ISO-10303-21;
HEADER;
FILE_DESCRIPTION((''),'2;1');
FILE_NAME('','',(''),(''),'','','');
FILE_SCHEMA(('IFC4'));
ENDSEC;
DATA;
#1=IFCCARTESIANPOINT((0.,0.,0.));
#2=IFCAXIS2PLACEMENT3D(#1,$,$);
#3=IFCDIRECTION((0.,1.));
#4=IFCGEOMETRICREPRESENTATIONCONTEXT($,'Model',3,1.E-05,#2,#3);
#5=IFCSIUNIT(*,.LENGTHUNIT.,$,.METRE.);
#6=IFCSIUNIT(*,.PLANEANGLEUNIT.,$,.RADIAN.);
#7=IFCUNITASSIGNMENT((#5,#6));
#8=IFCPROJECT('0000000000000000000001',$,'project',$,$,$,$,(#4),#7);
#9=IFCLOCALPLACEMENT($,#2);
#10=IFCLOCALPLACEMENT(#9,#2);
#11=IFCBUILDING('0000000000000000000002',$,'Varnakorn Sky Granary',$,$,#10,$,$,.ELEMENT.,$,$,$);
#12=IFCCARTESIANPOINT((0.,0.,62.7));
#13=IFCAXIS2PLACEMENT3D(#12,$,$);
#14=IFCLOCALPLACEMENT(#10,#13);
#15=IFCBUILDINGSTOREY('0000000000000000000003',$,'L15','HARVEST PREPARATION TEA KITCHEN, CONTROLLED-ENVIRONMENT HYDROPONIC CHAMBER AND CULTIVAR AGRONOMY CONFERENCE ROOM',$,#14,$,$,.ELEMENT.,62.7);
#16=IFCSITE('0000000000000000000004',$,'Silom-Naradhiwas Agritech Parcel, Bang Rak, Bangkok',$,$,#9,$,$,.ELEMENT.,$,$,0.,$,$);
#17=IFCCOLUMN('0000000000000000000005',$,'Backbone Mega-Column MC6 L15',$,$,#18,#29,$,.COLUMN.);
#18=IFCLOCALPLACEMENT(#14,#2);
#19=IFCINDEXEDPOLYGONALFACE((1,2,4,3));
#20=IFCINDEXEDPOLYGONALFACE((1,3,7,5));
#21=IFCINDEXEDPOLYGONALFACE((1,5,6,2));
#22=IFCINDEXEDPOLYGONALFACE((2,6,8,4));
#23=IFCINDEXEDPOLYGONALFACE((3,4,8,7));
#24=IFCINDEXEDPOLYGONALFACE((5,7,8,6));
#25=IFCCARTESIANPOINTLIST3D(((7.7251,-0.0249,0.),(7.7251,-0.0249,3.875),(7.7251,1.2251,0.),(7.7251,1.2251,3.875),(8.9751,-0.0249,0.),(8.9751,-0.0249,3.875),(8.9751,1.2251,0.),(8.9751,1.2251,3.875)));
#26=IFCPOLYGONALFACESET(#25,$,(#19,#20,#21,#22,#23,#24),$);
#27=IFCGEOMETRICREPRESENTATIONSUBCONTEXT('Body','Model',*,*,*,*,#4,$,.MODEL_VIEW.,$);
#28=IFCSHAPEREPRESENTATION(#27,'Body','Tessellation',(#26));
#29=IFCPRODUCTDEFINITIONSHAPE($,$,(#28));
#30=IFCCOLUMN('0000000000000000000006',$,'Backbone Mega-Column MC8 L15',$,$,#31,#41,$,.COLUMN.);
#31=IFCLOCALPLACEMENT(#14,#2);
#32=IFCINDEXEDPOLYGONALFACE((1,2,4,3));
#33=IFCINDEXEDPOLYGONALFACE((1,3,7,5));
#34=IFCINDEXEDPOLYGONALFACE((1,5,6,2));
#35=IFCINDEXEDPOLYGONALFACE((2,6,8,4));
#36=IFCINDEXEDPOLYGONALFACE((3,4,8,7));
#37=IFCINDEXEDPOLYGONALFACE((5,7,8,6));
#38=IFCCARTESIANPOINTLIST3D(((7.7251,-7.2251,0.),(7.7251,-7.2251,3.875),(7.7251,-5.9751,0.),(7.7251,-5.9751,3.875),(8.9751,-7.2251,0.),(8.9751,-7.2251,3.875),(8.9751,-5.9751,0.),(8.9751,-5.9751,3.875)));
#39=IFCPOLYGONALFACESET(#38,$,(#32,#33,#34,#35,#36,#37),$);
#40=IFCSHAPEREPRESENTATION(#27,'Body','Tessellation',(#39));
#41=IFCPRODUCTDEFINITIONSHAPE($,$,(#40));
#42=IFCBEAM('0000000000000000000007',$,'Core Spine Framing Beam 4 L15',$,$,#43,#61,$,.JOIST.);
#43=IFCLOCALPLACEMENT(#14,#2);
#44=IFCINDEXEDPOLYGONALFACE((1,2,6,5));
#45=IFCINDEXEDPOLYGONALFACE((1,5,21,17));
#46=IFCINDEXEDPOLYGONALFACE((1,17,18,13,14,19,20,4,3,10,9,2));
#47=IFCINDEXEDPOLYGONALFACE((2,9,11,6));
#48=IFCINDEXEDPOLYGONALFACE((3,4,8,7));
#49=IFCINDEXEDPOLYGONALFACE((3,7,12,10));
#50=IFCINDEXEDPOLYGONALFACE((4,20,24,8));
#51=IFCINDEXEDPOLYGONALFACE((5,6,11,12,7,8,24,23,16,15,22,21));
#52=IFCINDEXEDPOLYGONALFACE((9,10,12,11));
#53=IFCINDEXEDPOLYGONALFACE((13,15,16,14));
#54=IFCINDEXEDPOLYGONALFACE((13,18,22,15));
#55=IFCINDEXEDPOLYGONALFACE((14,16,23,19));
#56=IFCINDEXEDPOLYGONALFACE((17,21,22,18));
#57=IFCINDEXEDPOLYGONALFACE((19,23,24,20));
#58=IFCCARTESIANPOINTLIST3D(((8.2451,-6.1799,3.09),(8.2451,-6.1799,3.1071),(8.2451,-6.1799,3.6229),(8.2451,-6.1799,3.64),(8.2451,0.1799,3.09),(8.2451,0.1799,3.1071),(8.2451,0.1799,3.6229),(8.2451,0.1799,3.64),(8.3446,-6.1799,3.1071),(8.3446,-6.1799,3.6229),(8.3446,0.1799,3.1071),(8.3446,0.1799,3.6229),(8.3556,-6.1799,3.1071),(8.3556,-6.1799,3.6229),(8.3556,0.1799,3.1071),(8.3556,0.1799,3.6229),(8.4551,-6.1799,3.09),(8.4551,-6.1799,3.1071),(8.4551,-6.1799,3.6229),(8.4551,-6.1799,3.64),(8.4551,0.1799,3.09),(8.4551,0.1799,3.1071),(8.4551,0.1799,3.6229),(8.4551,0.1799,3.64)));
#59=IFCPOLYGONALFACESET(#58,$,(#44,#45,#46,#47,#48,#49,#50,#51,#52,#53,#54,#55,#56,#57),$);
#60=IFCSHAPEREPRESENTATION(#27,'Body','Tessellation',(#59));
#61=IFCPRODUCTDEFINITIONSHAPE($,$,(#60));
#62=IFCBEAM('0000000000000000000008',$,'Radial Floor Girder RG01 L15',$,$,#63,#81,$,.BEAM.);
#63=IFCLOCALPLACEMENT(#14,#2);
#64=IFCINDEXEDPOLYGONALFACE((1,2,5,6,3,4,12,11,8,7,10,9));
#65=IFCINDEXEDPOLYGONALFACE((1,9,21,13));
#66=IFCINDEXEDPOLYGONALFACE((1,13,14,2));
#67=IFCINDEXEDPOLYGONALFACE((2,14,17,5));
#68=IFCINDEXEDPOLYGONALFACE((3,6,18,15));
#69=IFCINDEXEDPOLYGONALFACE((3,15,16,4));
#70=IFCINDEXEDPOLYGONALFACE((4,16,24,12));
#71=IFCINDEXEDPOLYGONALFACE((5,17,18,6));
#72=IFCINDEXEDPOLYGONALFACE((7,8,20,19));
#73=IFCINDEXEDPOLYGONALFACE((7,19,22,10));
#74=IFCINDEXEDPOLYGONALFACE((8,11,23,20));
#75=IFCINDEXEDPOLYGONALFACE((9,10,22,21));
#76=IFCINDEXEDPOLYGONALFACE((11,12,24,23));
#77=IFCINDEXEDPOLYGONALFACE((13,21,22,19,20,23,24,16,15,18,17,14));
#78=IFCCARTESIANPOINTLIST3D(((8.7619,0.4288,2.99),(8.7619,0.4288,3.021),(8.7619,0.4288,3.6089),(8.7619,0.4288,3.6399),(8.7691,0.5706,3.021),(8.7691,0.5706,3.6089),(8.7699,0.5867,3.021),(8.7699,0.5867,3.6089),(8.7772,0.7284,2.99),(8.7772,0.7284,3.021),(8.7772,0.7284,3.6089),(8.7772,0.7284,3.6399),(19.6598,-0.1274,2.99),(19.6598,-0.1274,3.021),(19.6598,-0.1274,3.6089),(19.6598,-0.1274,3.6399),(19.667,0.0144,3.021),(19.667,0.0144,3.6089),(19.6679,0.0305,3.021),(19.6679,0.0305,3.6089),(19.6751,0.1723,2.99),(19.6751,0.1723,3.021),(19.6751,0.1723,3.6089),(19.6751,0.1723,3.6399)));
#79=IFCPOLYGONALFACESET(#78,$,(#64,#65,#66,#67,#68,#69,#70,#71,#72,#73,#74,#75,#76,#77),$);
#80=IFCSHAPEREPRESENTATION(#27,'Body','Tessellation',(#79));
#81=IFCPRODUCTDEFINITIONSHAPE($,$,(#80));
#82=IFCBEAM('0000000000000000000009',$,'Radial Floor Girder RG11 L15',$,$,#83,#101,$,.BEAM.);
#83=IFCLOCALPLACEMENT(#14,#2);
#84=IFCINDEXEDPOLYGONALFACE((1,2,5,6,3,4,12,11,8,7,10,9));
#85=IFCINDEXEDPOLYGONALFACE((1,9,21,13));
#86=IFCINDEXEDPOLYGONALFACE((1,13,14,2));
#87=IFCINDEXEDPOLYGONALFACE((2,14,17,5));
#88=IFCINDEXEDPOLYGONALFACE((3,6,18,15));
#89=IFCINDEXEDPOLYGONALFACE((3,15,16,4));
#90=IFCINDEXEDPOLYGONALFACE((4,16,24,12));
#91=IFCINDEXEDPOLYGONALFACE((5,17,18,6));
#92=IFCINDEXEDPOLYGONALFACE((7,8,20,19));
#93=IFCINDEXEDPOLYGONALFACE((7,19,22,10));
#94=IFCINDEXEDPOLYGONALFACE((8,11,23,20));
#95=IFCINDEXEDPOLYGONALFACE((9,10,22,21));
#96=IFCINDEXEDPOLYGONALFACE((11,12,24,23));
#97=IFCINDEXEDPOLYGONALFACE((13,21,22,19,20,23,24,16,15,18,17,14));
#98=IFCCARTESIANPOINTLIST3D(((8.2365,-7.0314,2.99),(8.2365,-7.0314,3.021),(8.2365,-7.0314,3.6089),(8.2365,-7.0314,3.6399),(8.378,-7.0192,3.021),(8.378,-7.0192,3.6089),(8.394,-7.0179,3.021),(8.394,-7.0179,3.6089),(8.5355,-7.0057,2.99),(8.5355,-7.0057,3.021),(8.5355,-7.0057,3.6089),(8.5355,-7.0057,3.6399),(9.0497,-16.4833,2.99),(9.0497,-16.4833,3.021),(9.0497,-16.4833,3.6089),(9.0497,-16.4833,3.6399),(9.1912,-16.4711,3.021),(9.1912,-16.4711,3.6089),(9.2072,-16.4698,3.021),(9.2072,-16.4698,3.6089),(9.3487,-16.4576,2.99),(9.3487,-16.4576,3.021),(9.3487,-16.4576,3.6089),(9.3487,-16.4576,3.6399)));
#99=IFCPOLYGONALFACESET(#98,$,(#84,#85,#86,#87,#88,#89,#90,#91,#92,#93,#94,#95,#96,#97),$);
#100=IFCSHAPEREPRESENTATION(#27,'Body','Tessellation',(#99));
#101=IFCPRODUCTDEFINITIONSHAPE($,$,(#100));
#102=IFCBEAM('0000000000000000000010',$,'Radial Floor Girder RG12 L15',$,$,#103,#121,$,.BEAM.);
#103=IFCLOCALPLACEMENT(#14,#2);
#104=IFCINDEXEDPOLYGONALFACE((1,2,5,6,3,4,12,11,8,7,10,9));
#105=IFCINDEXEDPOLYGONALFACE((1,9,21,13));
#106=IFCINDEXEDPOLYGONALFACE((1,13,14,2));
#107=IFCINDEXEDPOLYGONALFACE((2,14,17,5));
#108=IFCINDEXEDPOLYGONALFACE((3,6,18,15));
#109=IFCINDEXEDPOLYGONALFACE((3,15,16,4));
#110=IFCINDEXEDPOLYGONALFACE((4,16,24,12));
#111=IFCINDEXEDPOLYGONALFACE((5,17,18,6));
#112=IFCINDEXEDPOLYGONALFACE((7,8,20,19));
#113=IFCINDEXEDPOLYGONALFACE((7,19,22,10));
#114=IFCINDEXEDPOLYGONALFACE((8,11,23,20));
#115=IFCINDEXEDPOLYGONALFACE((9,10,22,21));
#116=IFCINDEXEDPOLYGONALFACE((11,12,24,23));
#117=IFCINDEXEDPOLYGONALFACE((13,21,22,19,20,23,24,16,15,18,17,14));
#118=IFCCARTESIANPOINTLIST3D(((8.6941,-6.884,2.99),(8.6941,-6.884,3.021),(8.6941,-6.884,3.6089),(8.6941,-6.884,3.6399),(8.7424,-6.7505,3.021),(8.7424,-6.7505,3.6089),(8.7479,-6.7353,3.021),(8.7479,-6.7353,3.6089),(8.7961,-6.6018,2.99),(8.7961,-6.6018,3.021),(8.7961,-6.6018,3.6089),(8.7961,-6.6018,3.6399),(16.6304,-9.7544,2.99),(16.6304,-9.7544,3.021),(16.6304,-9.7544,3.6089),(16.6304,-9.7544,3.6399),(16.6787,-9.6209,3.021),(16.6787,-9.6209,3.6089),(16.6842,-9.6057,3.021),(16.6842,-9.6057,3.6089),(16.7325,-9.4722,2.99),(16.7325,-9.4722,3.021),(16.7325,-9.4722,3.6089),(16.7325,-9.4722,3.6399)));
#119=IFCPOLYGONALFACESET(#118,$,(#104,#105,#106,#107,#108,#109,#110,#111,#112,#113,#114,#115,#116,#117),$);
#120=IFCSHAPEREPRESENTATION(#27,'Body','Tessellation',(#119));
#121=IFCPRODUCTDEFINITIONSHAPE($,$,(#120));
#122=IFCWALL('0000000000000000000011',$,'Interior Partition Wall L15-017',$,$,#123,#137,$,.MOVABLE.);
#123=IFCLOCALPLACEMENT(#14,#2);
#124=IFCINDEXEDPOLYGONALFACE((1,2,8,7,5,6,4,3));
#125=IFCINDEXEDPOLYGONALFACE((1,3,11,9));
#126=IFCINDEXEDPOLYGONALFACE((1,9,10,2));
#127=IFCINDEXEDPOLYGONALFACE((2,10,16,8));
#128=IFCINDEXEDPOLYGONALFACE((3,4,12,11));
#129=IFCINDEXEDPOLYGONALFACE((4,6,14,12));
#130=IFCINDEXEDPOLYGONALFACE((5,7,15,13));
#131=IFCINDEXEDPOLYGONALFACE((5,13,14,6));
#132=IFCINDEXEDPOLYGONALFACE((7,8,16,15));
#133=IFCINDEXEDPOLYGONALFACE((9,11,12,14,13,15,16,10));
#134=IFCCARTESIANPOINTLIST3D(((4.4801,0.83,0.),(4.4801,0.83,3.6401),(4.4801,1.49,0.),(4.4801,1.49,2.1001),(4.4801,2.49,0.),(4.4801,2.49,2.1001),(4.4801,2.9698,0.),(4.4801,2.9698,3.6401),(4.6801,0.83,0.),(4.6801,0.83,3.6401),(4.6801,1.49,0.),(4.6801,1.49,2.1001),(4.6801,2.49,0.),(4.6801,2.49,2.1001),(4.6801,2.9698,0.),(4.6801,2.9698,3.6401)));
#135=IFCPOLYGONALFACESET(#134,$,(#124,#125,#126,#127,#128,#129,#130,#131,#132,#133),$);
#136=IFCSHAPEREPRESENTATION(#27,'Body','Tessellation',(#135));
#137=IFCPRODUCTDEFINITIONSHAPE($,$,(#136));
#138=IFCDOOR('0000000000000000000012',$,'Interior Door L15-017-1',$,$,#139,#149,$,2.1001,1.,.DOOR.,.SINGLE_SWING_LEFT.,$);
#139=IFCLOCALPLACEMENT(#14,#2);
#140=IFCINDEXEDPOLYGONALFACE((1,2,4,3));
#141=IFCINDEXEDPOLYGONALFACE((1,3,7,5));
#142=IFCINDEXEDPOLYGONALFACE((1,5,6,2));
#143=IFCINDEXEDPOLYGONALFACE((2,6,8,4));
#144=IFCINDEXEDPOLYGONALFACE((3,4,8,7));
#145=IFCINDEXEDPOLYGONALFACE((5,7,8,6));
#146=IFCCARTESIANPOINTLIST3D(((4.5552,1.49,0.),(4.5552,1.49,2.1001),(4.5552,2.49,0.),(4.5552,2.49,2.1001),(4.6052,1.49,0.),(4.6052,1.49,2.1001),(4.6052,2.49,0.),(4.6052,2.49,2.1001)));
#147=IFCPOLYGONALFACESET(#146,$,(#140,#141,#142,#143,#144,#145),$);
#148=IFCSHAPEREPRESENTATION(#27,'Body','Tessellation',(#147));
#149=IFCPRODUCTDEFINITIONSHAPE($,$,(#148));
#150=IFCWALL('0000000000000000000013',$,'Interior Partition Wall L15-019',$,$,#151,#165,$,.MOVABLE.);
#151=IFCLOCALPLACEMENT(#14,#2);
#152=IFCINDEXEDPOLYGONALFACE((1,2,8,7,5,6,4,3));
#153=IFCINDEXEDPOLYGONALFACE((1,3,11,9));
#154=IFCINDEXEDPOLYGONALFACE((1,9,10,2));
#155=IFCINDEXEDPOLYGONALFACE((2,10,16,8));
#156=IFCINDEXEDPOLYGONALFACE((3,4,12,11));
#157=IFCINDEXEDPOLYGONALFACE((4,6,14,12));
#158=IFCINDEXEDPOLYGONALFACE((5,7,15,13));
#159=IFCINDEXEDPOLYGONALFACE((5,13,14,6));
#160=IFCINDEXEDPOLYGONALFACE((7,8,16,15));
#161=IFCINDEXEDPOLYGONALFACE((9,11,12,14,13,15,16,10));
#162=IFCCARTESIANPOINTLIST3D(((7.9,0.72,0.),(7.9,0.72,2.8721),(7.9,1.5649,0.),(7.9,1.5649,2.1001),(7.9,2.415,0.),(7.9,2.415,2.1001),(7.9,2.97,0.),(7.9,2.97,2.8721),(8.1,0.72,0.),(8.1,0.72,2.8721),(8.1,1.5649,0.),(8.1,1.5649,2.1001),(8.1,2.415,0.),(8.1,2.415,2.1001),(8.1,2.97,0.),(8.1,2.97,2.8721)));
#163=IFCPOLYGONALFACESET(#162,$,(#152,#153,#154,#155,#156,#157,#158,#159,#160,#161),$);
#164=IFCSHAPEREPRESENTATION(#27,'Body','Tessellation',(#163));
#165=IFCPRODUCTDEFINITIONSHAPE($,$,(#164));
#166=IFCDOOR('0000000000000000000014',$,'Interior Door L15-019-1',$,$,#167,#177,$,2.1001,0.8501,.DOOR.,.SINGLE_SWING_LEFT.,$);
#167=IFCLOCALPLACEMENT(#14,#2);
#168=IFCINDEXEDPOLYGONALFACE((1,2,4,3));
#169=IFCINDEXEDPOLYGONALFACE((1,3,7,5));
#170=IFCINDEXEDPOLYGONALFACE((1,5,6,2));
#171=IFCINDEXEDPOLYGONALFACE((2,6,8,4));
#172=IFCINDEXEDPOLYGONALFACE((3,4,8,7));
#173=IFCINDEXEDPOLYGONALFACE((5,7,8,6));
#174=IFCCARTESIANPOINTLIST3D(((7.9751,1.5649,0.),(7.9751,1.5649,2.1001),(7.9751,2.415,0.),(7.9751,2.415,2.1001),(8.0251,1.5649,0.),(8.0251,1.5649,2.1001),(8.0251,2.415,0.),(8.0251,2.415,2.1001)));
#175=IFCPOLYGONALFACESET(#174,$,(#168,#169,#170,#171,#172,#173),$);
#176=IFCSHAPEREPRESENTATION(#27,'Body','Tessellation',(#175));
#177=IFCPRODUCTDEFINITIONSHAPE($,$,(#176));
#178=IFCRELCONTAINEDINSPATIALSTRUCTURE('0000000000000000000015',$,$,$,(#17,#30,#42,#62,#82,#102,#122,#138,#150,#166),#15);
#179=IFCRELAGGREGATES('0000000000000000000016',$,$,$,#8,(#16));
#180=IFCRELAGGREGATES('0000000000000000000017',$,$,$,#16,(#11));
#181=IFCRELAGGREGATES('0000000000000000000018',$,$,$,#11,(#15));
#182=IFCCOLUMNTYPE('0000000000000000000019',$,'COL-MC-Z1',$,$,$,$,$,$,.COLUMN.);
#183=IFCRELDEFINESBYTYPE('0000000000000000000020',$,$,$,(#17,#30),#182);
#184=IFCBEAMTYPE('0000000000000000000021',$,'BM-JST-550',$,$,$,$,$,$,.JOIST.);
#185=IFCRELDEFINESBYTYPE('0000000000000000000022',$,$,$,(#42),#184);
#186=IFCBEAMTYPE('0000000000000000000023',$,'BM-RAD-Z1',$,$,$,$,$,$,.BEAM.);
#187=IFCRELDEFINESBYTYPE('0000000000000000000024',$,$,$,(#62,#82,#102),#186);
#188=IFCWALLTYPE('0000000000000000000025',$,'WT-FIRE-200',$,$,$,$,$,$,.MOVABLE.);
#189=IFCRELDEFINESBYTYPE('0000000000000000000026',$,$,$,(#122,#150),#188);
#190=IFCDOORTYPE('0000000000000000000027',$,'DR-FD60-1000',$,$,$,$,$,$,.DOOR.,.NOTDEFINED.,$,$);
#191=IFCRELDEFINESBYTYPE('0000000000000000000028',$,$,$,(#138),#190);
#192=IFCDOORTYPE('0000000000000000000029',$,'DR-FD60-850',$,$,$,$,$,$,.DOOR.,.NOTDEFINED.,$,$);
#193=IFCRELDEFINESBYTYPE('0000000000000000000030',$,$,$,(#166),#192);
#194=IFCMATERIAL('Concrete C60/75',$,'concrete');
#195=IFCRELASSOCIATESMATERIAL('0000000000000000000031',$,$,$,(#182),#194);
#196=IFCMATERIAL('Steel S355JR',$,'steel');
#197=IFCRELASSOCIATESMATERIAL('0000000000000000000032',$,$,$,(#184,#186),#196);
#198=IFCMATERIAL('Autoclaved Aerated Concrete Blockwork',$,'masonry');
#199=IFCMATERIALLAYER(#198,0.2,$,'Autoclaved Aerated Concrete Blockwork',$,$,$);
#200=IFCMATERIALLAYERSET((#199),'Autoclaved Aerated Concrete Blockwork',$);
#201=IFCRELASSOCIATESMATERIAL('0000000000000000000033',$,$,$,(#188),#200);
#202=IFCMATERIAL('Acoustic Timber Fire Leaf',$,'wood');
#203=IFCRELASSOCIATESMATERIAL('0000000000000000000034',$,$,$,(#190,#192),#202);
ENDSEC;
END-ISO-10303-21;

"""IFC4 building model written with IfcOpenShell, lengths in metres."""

from ifc_helpers import new_model, si_unit, direction, frame, frame_2d, origin, origin_2d, place, context, subcontext, project, spatial, rectangle, i_section, extrude, material, layer, layer_set, material_profile, profile_set, type_object, element, fill, save


model = new_model("IFC4")

# Units and contexts
model_context = context("Model", 3, precision=1e-05, world=origin(), true_north=direction((0.0, 1.0)))
body_context = subcontext(model_context, "Body", "Model", "MODEL_VIEW")
ifc_project = project(units=[si_unit("LENGTHUNIT", "METRE"), si_unit("PLANEANGLEUNIT", "RADIAN")], contexts=[model_context])

# Site, building, storey
site_placement = place(None, origin())
site = spatial("IfcSite", under=ifc_project, at=site_placement, Name="Silom-Naradhiwas Agritech Parcel, Bang Rak, Bangkok", CompositionType="ELEMENT", RefElevation=0.0)
building_placement = place(site_placement, origin())
building = spatial("IfcBuilding", under=site, at=building_placement, Name="Varnakorn Sky Granary", CompositionType="ELEMENT")
storey_placement = place(building_placement, frame((0.0, 0.0, 62.7)))
storey = spatial("IfcBuildingStorey", under=building, at=storey_placement, Name="L15", Description="HARVEST PREPARATION TEA KITCHEN, CONTROLLED-ENVIRONMENT HYDROPONIC CHAMBER AND CULTIVAR AGRONOMY CONFERENCE ROOM", CompositionType="ELEMENT", Elevation=62.7)

# Columns
ifc_material_1 = material(Name="Concrete C60/75", Category="concrete")
ifc_material_profile_1 = material_profile(ifc_material_1, rectangle(XDim=1.25, YDim=1.25, at=origin_2d()), Name="RC 1250x1250")
ifc_profile_set_1 = profile_set([ifc_material_profile_1], Name="Concrete C60/75")
column_type = type_object("IfcColumnType", Name="COL-MC-Z1", PredefinedType="COLUMN", material=ifc_profile_set_1)
for number, where, z_axis, x_axis, name in (
    (1, (8.3501, 0.6001, 0.0), (0.0, 0.0, 1.0), (1.0, 0.0, 0.0), "Backbone Mega-Column MC6 L15"),
    (2, (8.3501, -6.6001, 0.0), (0.0, 0.0, 1.0), (1.0, 0.0, 0.0), "Backbone Mega-Column MC8 L15"),
):
    element("IfcColumn", number, at=place(storey_placement, frame(where, z_axis=z_axis, x_axis=x_axis)), inside=storey, type_object=column_type, Name=name, PredefinedType="COLUMN", context=body_context, shape_type="SweptSolid", body=[
        extrude(rectangle(XDim=1.25, YDim=1.25, at=origin_2d()), origin(), (0.0, 0.0, 1.0), 3.875),
    ])

# Beams
ifc_material_2 = material(Name="Steel S355JR", Category="steel")
ifc_material_profile_2 = material_profile(ifc_material_2, i_section(OverallWidth=0.21, OverallDepth=0.55, WebThickness=0.011, FlangeThickness=0.0171, at=origin_2d()), Name="IPE 550")
ifc_profile_set_2 = profile_set([ifc_material_profile_2], Name="Steel S355JR")
beam_type_1 = type_object("IfcBeamType", Name="BM-JST-550", PredefinedType="JOIST", material=ifc_profile_set_2)
beam_1_placement = place(storey_placement, frame((8.3501, 0.1799, 3.365), z_axis=(0.0, -1.0, 0.0), x_axis=(1.0, 0.0, 0.0)))
element("IfcBeam", 3, at=beam_1_placement, inside=storey, type_object=beam_type_1, Name="Core Spine Framing Beam 4 L15", PredefinedType="JOIST", context=body_context, shape_type="SweptSolid", body=[
    extrude(i_section(OverallWidth=0.21, OverallDepth=0.55, WebThickness=0.011, FlangeThickness=0.0171, at=origin_2d()), origin(), (0.0, 0.0, 1.0), 6.3599),
])
ifc_material_profile_3 = material_profile(ifc_material_2, i_section(OverallWidth=0.3, OverallDepth=0.6499, WebThickness=0.0161, FlangeThickness=0.031, at=origin_2d()), Name="HE 650 B")
ifc_profile_set_3 = profile_set([ifc_material_profile_3], Name="Steel S355JR")
beam_type_2 = type_object("IfcBeamType", Name="BM-RAD-Z1", PredefinedType="BEAM", material=ifc_profile_set_3)
beam_2_placement = place(storey_placement, frame((8.7695, 0.5786, 3.3149), z_axis=(0.9987, -0.050966, 0.0), x_axis=(0.050966, 0.9987, 0.0)))
element("IfcBeam", 4, at=beam_2_placement, inside=storey, type_object=beam_type_2, Name="Radial Floor Girder RG01 L15", PredefinedType="BEAM", context=body_context, shape_type="SweptSolid", body=[
    extrude(i_section(OverallWidth=0.3, OverallDepth=0.6499, WebThickness=0.0161, FlangeThickness=0.031, at=origin_2d()), origin(), (0.0, 0.0, 1.0), 10.9121),
])
beam_3_placement = place(storey_placement, frame((8.386, -7.0186, 3.3149), z_axis=(0.085722, -0.996319, 0.0), x_axis=(0.996319, 0.085722, 0.0)))
element("IfcBeam", 5, at=beam_3_placement, inside=storey, type_object=beam_type_2, Name="Radial Floor Girder RG11 L15", PredefinedType="BEAM", context=body_context, shape_type="SweptSolid", body=[
    extrude(i_section(OverallWidth=0.3, OverallDepth=0.6499, WebThickness=0.0161, FlangeThickness=0.031, at=origin_2d()), origin(), (0.0, 0.0, 1.0), 9.4868),
])
beam_4_placement = place(storey_placement, frame((8.7451, -6.7429, 3.3149), z_axis=(0.940384, -0.340114, 0.0), x_axis=(0.340114, 0.940384, 0.0)))
element("IfcBeam", 6, at=beam_4_placement, inside=storey, type_object=beam_type_2, Name="Radial Floor Girder RG12 L15", PredefinedType="BEAM", context=body_context, shape_type="SweptSolid", body=[
    extrude(i_section(OverallWidth=0.3, OverallDepth=0.6499, WebThickness=0.0161, FlangeThickness=0.031, at=origin_2d()), origin(), (0.0, 0.0, 1.0), 8.4395),
])

# Walls, openings, doors
ifc_material_3 = material(Name="Autoclaved Aerated Concrete Blockwork", Category="masonry")
ifc_layer_1 = layer(ifc_material_3, 0.2, Name="Autoclaved Aerated Concrete Blockwork")
ifc_layer_set_1 = layer_set([ifc_layer_1], Name="Autoclaved Aerated Concrete Blockwork")
wall_type_1 = type_object("IfcWallType", Name="WT-FIRE-200", PredefinedType="MOVABLE", material=ifc_layer_set_1)
wall_1_placement = place(storey_placement, frame((4.5801, 0.8301, 0.0), z_axis=(0.0, 0.0, 1.0), x_axis=(0.0, 1.0, 0.0)))
wall_1 = element("IfcWall", 7, at=wall_1_placement, inside=storey, type_object=wall_type_1, Name="Interior Partition Wall L15-017", PredefinedType="MOVABLE", context=body_context, shape_type="SweptSolid", body=[
    extrude(rectangle(XDim=2.1399, YDim=0.2, at=frame_2d((1.0698, 0.0))), origin(), (0.0, 0.0, 1.0), 3.6401),
])
opening_1_placement = place(wall_1_placement, frame((0.6599, 0.0, 0.0)))
opening_1 = element("IfcOpeningElement", 8, at=opening_1_placement, cuts=wall_1, PredefinedType="OPENING", context=body_context, shape_type="SweptSolid", body=[
    extrude(rectangle(XDim=1.0, YDim=2.1001, at=frame_2d((0.5, 1.05))), frame((0.0, 0.1099, 0.0), z_axis=(0.0, -1.0, 0.0), x_axis=(1.0, 0.0, 0.0)), (0.0, 0.0, 1.0), 0.22),
])
ifc_material_4 = material(Name="Acoustic Timber Fire Leaf", Category="wood")
door_type_1 = type_object("IfcDoorType", Name="DR-FD60-1000", OperationType="NOTDEFINED", PredefinedType="DOOR", material=ifc_material_4)
door_1_placement = place(opening_1_placement, origin())
door_1 = element("IfcDoor", 9, at=door_1_placement, inside=storey, type_object=door_type_1, Name="Interior Door L15-017-1", OperationType="SINGLE_SWING_LEFT", OverallHeight=2.1001, OverallWidth=1.0, PredefinedType="DOOR", context=body_context, shape_type="SweptSolid", body=[
    extrude(rectangle(XDim=1.0, YDim=2.1001, at=frame_2d((0.5, 1.05))), frame((0.0, 0.0249, 0.0), z_axis=(0.0, -1.0, 0.0), x_axis=(1.0, 0.0, 0.0)), (0.0, 0.0, 1.0), 0.05),
])
fill(opening_1, door_1)
wall_2_placement = place(storey_placement, frame((8.0, 0.72, 0.0), z_axis=(0.0, 0.0, 1.0), x_axis=(0.0, 1.0, 0.0)))
wall_2 = element("IfcWall", 10, at=wall_2_placement, inside=storey, type_object=wall_type_1, Name="Interior Partition Wall L15-019", PredefinedType="MOVABLE", context=body_context, shape_type="SweptSolid", body=[
    extrude(rectangle(XDim=2.25, YDim=0.2, at=frame_2d((1.125, 0.0))), origin(), (0.0, 0.0, 1.0), 2.8721),
])
opening_2_placement = place(wall_2_placement, frame((0.845, 0.0, 0.0)))
opening_2 = element("IfcOpeningElement", 11, at=opening_2_placement, cuts=wall_2, PredefinedType="OPENING", context=body_context, shape_type="SweptSolid", body=[
    extrude(rectangle(XDim=0.8501, YDim=2.1001, at=frame_2d((0.425, 1.05))), frame((0.0, 0.1099, 0.0), z_axis=(0.0, -1.0, 0.0), x_axis=(1.0, 0.0, 0.0)), (0.0, 0.0, 1.0), 0.22),
])
door_type_2 = type_object("IfcDoorType", Name="DR-FD60-850", OperationType="NOTDEFINED", PredefinedType="DOOR", material=ifc_material_4)
door_2_placement = place(opening_2_placement, origin())
door_2 = element("IfcDoor", 12, at=door_2_placement, inside=storey, type_object=door_type_2, Name="Interior Door L15-019-1", OperationType="SINGLE_SWING_LEFT", OverallHeight=2.1001, OverallWidth=0.8501, PredefinedType="DOOR", context=body_context, shape_type="SweptSolid", body=[
    extrude(rectangle(XDim=0.8501, YDim=2.1001, at=frame_2d((0.425, 1.05))), frame((0.0, 0.0249, 0.0), z_axis=(0.0, -1.0, 0.0), x_axis=(1.0, 0.0, 0.0)), (0.0, 0.0, 1.0), 0.05),
])
fill(opening_2, door_2)

save(model, "model.ifc")
